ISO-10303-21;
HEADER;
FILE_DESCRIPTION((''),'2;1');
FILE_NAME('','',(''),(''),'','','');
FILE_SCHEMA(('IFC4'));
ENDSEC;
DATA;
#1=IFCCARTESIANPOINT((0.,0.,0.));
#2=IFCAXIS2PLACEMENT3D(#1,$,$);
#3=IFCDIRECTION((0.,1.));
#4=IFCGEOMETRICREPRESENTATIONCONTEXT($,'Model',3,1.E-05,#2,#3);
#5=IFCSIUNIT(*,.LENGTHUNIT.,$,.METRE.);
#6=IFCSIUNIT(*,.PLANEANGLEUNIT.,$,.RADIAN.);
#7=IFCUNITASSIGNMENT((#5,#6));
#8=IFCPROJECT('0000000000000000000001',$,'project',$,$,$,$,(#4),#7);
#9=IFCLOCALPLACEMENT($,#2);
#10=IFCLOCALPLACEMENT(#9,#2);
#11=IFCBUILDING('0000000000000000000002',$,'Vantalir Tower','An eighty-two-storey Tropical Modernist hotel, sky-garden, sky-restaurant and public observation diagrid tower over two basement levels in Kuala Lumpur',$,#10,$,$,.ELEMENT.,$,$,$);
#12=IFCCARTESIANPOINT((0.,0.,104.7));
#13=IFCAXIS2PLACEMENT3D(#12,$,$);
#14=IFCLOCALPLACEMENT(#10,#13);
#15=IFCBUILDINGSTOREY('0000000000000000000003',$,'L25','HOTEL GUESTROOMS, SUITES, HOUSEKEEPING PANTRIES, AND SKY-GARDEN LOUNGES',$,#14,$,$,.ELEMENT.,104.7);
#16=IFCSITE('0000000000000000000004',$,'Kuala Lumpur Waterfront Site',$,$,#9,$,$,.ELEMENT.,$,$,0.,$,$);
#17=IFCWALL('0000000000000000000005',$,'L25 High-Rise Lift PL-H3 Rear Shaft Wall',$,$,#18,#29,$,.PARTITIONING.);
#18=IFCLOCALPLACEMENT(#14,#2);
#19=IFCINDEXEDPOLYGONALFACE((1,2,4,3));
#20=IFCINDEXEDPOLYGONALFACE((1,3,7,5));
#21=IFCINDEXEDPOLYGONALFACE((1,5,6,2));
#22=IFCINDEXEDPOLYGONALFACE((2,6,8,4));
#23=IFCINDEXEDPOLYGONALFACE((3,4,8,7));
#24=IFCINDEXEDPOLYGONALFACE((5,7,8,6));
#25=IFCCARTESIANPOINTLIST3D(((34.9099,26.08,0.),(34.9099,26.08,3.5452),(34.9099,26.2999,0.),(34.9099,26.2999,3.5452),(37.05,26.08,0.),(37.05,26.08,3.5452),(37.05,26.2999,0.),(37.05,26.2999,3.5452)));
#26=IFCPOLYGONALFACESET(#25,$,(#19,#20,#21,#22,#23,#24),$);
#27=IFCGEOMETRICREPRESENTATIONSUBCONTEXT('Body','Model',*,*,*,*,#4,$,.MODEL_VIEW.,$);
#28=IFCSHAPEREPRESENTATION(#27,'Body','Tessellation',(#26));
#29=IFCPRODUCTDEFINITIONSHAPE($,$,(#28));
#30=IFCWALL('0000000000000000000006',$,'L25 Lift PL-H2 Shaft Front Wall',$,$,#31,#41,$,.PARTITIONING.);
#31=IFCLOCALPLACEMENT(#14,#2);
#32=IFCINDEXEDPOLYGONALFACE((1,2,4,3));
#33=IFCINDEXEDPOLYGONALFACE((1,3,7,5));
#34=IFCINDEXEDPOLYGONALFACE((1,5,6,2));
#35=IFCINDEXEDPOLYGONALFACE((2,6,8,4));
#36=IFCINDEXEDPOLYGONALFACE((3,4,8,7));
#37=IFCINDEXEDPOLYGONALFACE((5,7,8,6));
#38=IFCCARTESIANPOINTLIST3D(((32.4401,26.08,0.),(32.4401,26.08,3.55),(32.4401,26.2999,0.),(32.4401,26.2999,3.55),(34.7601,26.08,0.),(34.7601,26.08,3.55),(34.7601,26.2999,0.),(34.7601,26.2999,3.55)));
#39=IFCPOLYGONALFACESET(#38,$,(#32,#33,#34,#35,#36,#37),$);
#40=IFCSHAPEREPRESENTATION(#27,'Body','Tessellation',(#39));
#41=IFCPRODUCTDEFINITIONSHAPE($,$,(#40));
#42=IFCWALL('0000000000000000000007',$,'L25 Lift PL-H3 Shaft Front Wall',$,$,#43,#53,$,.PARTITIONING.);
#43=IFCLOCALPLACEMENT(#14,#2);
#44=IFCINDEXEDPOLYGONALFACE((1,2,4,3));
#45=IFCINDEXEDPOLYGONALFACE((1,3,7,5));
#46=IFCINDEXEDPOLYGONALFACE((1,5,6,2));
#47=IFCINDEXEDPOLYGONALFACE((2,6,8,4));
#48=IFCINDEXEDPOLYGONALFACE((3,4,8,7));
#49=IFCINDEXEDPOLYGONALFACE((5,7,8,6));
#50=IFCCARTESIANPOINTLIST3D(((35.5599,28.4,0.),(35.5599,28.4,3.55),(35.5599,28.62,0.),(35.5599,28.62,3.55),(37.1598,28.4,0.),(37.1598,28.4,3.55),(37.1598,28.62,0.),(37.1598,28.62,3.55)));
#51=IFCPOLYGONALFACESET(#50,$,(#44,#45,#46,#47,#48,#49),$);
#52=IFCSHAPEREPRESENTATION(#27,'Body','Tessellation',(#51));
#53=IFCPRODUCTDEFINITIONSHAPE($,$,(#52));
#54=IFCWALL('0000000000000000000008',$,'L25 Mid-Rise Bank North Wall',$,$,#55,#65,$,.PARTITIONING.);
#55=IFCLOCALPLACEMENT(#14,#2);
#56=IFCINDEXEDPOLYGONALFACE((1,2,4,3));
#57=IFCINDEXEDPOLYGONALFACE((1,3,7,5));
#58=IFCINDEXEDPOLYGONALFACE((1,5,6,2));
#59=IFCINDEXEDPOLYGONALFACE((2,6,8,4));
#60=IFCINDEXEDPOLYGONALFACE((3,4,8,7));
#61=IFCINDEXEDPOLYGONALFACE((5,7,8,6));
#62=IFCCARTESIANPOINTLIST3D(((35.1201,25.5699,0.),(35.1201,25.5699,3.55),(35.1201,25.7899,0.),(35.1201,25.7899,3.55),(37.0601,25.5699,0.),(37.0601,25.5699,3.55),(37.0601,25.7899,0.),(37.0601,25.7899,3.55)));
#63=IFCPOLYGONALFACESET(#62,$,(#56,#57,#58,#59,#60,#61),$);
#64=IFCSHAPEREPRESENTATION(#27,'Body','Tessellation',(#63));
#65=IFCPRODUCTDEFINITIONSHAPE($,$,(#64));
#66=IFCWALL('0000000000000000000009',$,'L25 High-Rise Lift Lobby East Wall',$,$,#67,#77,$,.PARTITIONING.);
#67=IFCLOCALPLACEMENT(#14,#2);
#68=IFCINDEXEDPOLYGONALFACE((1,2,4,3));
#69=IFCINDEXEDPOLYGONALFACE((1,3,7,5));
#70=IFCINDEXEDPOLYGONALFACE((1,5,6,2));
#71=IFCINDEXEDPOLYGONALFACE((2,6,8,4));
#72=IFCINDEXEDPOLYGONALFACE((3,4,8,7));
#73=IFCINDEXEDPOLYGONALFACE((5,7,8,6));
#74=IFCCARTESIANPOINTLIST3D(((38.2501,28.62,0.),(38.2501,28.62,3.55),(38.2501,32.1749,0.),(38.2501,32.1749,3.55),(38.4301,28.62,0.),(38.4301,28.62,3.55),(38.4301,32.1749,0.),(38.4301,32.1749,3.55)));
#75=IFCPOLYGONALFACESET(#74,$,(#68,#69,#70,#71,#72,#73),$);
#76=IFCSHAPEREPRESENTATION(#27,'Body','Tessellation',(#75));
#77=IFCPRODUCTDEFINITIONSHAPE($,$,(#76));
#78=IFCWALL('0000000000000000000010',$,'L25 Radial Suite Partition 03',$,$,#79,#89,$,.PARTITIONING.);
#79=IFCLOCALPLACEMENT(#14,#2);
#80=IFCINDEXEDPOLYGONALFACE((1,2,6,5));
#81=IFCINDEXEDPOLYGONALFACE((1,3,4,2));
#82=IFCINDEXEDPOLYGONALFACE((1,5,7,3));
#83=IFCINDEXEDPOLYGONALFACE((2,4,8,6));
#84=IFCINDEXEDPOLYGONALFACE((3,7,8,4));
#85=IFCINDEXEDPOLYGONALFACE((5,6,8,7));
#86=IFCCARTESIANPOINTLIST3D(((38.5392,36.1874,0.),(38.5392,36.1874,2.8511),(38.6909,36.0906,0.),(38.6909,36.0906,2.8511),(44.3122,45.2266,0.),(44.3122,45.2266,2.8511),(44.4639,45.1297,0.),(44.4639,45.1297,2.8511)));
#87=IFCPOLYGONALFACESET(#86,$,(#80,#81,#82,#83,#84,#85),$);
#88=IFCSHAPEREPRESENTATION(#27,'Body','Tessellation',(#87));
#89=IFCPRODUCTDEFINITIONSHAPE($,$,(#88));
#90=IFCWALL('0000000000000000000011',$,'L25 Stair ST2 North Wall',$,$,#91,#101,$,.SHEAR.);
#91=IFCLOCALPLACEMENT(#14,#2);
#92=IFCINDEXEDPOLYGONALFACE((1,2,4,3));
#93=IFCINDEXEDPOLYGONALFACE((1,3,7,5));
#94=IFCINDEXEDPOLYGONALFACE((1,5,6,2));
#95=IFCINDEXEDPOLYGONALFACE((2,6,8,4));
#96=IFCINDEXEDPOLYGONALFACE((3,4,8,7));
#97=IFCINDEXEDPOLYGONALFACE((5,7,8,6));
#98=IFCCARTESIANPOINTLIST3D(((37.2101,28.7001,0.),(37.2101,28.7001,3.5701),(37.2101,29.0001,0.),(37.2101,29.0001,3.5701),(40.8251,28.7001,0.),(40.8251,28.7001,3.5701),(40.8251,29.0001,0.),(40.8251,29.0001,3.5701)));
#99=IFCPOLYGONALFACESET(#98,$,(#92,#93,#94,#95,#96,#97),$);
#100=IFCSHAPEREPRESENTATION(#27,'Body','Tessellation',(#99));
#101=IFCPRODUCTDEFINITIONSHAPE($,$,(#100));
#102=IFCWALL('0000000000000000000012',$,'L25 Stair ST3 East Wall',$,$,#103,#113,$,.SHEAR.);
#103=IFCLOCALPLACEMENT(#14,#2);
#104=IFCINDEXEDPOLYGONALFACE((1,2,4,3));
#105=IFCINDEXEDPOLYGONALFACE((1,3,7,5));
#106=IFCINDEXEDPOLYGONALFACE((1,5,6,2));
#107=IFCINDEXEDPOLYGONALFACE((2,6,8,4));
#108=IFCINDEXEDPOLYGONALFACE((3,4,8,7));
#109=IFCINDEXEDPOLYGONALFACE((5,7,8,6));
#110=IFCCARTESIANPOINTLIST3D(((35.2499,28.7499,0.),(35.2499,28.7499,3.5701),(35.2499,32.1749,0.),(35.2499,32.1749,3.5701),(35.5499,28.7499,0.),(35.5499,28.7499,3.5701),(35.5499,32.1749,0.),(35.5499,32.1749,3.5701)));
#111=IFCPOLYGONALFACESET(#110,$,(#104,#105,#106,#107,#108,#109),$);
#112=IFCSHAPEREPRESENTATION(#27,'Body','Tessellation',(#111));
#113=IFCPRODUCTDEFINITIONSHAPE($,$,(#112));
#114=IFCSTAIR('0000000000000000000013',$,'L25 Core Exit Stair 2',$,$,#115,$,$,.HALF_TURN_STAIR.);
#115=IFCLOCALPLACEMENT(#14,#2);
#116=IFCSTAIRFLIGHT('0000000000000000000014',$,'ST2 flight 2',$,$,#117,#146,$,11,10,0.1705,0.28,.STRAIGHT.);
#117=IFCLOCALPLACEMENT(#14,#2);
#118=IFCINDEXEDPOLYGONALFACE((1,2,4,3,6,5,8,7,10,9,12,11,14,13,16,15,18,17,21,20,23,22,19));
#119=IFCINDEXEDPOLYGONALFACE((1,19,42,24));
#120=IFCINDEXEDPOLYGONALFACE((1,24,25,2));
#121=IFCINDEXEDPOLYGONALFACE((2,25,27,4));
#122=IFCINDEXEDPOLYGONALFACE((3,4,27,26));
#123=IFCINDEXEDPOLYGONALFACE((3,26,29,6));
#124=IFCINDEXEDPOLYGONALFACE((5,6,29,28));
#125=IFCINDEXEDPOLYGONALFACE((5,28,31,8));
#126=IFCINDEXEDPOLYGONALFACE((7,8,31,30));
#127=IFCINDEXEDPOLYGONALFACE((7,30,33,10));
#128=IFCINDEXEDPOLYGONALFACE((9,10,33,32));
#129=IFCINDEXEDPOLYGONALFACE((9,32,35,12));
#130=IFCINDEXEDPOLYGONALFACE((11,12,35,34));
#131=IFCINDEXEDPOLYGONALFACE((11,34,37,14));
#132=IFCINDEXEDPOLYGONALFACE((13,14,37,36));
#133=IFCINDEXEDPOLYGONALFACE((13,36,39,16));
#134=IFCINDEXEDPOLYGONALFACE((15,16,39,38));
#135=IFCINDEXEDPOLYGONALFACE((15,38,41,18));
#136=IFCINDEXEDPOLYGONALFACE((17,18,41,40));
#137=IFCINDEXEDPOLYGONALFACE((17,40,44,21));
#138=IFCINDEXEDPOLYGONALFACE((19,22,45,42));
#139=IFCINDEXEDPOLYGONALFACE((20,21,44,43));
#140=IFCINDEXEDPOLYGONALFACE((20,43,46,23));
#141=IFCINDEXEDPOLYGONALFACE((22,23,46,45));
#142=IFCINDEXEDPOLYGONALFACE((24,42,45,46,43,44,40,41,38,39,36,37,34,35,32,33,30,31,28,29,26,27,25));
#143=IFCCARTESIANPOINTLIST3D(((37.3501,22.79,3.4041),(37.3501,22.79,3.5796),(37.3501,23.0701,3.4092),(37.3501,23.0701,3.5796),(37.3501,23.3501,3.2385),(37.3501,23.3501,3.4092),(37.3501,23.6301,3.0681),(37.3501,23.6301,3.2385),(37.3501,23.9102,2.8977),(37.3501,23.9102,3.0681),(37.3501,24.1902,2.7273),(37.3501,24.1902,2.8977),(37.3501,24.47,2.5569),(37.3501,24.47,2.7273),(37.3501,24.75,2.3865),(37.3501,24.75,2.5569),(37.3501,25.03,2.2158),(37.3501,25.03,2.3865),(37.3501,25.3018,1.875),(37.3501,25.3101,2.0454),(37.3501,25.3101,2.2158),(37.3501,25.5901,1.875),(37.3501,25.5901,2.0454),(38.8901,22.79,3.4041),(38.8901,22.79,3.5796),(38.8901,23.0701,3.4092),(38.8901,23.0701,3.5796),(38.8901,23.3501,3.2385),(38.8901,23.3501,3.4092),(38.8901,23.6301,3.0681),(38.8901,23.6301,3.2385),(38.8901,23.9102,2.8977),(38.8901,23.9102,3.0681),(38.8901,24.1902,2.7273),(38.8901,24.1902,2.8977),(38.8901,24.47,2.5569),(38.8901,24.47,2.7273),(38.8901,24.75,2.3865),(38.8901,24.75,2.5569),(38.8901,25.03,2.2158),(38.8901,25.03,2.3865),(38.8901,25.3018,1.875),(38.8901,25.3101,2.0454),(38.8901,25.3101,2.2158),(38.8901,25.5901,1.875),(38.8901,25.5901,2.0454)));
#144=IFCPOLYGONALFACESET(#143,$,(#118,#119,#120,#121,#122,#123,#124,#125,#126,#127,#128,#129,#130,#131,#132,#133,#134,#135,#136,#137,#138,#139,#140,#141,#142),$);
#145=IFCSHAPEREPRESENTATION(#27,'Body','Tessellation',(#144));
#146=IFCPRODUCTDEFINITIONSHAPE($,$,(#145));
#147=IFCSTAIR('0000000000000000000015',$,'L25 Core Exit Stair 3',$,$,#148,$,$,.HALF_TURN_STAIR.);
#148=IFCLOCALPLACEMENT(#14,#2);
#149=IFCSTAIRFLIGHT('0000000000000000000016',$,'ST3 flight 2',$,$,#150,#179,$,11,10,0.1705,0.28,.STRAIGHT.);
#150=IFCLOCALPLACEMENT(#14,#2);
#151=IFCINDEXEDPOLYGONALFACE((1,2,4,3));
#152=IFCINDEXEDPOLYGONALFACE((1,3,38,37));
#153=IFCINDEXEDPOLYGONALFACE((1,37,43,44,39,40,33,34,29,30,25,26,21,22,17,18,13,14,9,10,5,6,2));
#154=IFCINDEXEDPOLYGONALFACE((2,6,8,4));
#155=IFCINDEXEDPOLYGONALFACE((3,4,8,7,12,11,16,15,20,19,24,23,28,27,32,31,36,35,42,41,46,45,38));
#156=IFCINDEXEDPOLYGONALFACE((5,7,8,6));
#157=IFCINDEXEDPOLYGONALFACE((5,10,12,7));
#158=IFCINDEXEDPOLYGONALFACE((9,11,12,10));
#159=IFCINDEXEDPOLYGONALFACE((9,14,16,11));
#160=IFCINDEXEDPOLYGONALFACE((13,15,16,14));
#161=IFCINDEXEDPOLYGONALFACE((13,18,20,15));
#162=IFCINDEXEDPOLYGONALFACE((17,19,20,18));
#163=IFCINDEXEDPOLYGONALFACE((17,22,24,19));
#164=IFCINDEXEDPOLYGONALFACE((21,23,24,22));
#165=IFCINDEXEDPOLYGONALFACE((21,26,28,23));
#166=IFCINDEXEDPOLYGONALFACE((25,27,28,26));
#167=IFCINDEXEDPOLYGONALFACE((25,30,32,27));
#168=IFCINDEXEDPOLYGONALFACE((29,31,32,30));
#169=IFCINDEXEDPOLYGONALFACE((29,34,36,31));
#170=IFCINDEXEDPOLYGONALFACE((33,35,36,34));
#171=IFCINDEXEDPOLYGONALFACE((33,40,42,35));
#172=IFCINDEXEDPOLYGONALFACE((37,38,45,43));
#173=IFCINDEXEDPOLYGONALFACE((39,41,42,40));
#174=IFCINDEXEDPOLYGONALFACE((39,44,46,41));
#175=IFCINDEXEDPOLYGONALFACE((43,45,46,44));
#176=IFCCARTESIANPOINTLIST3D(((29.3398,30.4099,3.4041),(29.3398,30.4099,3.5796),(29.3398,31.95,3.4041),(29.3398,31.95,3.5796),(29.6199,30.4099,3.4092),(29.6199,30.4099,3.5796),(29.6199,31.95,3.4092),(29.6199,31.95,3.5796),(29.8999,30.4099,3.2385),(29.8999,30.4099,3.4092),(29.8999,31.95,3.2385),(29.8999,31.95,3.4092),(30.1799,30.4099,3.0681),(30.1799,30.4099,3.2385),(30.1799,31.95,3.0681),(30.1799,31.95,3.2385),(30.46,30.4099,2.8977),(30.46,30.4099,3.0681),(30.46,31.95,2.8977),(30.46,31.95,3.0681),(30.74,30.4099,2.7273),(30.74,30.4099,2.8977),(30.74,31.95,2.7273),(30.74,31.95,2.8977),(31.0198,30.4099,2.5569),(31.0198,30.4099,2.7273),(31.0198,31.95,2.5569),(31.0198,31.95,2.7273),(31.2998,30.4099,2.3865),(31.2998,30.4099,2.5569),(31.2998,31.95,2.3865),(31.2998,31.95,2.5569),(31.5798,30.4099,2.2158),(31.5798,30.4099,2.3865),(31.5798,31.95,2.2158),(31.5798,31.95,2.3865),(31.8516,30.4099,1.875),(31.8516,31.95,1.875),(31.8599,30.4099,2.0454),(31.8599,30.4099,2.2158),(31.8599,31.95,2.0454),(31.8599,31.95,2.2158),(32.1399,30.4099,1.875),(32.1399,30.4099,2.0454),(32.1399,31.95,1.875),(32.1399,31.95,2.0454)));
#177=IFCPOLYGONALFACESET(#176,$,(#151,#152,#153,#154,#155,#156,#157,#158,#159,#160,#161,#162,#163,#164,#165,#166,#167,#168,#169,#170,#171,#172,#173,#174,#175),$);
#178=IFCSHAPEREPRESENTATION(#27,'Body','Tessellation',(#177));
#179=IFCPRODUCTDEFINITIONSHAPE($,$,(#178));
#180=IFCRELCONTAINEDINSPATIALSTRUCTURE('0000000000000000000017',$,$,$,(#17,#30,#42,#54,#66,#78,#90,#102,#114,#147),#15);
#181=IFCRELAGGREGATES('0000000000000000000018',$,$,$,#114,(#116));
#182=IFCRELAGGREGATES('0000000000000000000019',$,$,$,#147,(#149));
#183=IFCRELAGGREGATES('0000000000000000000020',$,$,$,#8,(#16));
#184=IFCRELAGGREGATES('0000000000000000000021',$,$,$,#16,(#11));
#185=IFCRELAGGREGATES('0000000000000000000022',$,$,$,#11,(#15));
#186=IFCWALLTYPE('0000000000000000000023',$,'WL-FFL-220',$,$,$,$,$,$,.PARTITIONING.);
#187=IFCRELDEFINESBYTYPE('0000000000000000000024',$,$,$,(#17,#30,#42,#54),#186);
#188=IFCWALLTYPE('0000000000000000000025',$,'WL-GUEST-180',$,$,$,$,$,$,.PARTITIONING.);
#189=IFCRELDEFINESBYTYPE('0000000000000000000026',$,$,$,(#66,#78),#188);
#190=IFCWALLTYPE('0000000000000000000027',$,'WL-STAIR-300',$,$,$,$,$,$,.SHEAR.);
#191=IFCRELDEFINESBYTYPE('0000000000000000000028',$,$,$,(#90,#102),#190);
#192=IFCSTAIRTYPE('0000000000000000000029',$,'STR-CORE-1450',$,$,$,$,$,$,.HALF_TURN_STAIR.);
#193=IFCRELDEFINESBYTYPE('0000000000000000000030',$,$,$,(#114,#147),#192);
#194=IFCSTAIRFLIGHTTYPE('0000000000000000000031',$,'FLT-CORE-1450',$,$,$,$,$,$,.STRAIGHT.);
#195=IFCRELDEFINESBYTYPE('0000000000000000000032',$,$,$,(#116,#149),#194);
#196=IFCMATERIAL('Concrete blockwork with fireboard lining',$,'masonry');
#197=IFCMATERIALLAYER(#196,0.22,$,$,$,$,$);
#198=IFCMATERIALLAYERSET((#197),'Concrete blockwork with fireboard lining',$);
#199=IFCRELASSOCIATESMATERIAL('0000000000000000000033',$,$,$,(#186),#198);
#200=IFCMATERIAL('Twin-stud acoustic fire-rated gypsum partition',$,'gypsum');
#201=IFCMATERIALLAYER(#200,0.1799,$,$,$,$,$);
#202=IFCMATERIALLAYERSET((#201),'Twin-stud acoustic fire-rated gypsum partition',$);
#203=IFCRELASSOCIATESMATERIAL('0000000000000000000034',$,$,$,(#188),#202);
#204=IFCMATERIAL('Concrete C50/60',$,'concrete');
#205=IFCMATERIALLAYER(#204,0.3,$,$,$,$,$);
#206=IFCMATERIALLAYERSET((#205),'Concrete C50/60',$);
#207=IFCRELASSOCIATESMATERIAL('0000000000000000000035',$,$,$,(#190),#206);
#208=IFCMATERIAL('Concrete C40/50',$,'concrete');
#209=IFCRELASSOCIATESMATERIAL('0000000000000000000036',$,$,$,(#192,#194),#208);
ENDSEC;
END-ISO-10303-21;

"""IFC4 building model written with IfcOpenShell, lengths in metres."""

from ifc_helpers import new_model, si_unit, direction, frame, frame_2d, origin, place, context, subcontext, project, spatial, polyline, rectangle, outline, extrude, material, layer, layer_set, type_object, element, aggregate, save


model = new_model("IFC4")

# Units and contexts
model_context = context("Model", 3, precision=1e-05, world=origin(), true_north=direction((0.0, 1.0)))
body_context = subcontext(model_context, "Body", "Model", "MODEL_VIEW")
ifc_project = project(units=[si_unit("LENGTHUNIT", "METRE"), si_unit("PLANEANGLEUNIT", "RADIAN")], contexts=[model_context])

# Site, building, storey
site_placement = place(None, origin())
site = spatial("IfcSite", under=ifc_project, at=site_placement, Name="Kuala Lumpur Waterfront Site", CompositionType="ELEMENT", RefElevation=0.0)
building_placement = place(site_placement, origin())
building = spatial("IfcBuilding", under=site, at=building_placement, Name="Vantalir Tower", Description="An eighty-two-storey Tropical Modernist hotel, sky-garden, sky-restaurant and public observation diagrid tower over two basement levels in Kuala Lumpur", CompositionType="ELEMENT")
storey_placement = place(building_placement, frame((0.0, 0.0, 104.7)))
storey = spatial("IfcBuildingStorey", under=building, at=storey_placement, Name="L25", Description="HOTEL GUESTROOMS, SUITES, HOUSEKEEPING PANTRIES, AND SKY-GARDEN LOUNGES", CompositionType="ELEMENT", Elevation=104.7)

# Walls
ifc_material_1 = material(Name="Concrete blockwork with fireboard lining", Category="masonry")
ifc_layer_1 = layer(ifc_material_1, 0.22)
ifc_layer_set_1 = layer_set([ifc_layer_1], Name="Concrete blockwork with fireboard lining")
wall_type_1 = type_object("IfcWallType", Name="WL-FFL-220", PredefinedType="PARTITIONING", material=ifc_layer_set_1)
wall_1_placement = place(storey_placement, frame((34.9099, 26.1899, 0.0), z_axis=(0.0, 0.0, 1.0), x_axis=(1.0, 0.0, 0.0)))
element("IfcWall", 1, at=wall_1_placement, inside=storey, type_object=wall_type_1, Name="L25 High-Rise Lift PL-H3 Rear Shaft Wall", PredefinedType="PARTITIONING", context=body_context, shape_type="SweptSolid", body=[
    extrude(rectangle(XDim=2.1401, YDim=0.22, at=frame_2d((1.0701, 0.0))), origin(), (0.0, 0.0, 1.0), 3.5452),
])
wall_2_placement = place(storey_placement, frame((32.4399, 26.1899, 0.0), z_axis=(0.0, 0.0, 1.0), x_axis=(1.0, 0.0, 0.0)))
element("IfcWall", 2, at=wall_2_placement, inside=storey, type_object=wall_type_1, Name="L25 Lift PL-H2 Shaft Front Wall", PredefinedType="PARTITIONING", context=body_context, shape_type="SweptSolid", body=[
    extrude(rectangle(XDim=2.3201, YDim=0.22, at=frame_2d((1.1602, 0.0))), origin(), (0.0, 0.0, 1.0), 3.55),
])
wall_3_placement = place(storey_placement, frame((35.5601, 28.51, 0.0), z_axis=(0.0, 0.0, 1.0), x_axis=(1.0, 0.0, 0.0)))
element("IfcWall", 3, at=wall_3_placement, inside=storey, type_object=wall_type_1, Name="L25 Lift PL-H3 Shaft Front Wall", PredefinedType="PARTITIONING", context=body_context, shape_type="SweptSolid", body=[
    extrude(rectangle(XDim=1.5999, YDim=0.22, at=frame_2d((0.7998, 0.0))), origin(), (0.0, 0.0, 1.0), 3.55),
])
wall_4_placement = place(storey_placement, frame((35.1201, 25.6799, 0.0), z_axis=(0.0, 0.0, 1.0), x_axis=(1.0, 0.0, 0.0)))
element("IfcWall", 4, at=wall_4_placement, inside=storey, type_object=wall_type_1, Name="L25 Mid-Rise Bank North Wall", PredefinedType="PARTITIONING", context=body_context, shape_type="SweptSolid", body=[
    extrude(rectangle(XDim=1.9399, YDim=0.22, at=frame_2d((0.97, 0.0))), origin(), (0.0, 0.0, 1.0), 3.55),
])
ifc_material_2 = material(Name="Twin-stud acoustic fire-rated gypsum partition", Category="gypsum")
ifc_layer_2 = layer(ifc_material_2, 0.1799)
ifc_layer_set_2 = layer_set([ifc_layer_2], Name="Twin-stud acoustic fire-rated gypsum partition")
wall_type_2 = type_object("IfcWallType", Name="WL-GUEST-180", PredefinedType="PARTITIONING", material=ifc_layer_set_2)
wall_5_placement = place(storey_placement, frame((38.3401, 28.6201, 0.0), z_axis=(0.0, 0.0, 1.0), x_axis=(0.0, 1.0, 0.0)))
element("IfcWall", 5, at=wall_5_placement, inside=storey, type_object=wall_type_2, Name="L25 High-Rise Lift Lobby East Wall", PredefinedType="PARTITIONING", context=body_context, shape_type="SweptSolid", body=[
    extrude(rectangle(XDim=3.5549, YDim=0.1799, at=frame_2d((1.7773, 0.0))), origin(), (0.0, 0.0, 1.0), 3.55),
])
wall_6_placement = place(storey_placement, frame((38.615, 36.1389, 0.0), z_axis=(0.0, 0.0, 1.0), x_axis=(0.538256, 0.842781, 0.0)))
element("IfcWall", 6, at=wall_6_placement, inside=storey, type_object=wall_type_2, Name="L25 Radial Suite Partition 03", PredefinedType="PARTITIONING", context=body_context, shape_type="SweptSolid", body=[
    extrude(rectangle(XDim=10.7253, YDim=0.1799, at=frame_2d((5.3628, 0.0))), origin(), (0.0, 0.0, 1.0), 2.8511),
])
ifc_material_3 = material(Name="Concrete C50/60", Category="concrete")
ifc_layer_3 = layer(ifc_material_3, 0.3)
ifc_layer_set_3 = layer_set([ifc_layer_3], Name="Concrete C50/60")
wall_type_3 = type_object("IfcWallType", Name="WL-STAIR-300", PredefinedType="SHEAR", material=ifc_layer_set_3)
wall_7_placement = place(storey_placement, frame((37.21, 28.8501, 0.0), z_axis=(0.0, 0.0, 1.0), x_axis=(1.0, 0.0, 0.0)))
element("IfcWall", 7, at=wall_7_placement, inside=storey, type_object=wall_type_3, Name="L25 Stair ST2 North Wall", PredefinedType="SHEAR", context=body_context, shape_type="SweptSolid", body=[
    extrude(rectangle(XDim=3.615, YDim=0.3, at=frame_2d((1.8076, 0.0))), origin(), (0.0, 0.0, 1.0), 3.5701),
])
wall_8_placement = place(storey_placement, frame((35.3999, 28.75, 0.0), z_axis=(0.0, 0.0, 1.0), x_axis=(0.0, 1.0, 0.0)))
element("IfcWall", 8, at=wall_8_placement, inside=storey, type_object=wall_type_3, Name="L25 Stair ST3 East Wall", PredefinedType="SHEAR", context=body_context, shape_type="SweptSolid", body=[
    extrude(rectangle(XDim=3.425, YDim=0.3, at=frame_2d((1.7124, 0.0))), origin(), (0.0, 0.0, 1.0), 3.5701),
])

# Stairs, stair flights
ifc_material_4 = material(Name="Concrete C40/50", Category="concrete")
stair_type = type_object("IfcStairType", Name="STR-CORE-1450", PredefinedType="HALF_TURN_STAIR", material=ifc_material_4)
stair_1_placement = place(storey_placement, origin())
stair_1 = element("IfcStair", 9, at=stair_1_placement, inside=storey, type_object=stair_type, Name="L25 Core Exit Stair 2", PredefinedType="HALF_TURN_STAIR")
stair_flight_type = type_object("IfcStairFlightType", Name="FLT-CORE-1450", PredefinedType="STRAIGHT", material=ifc_material_4)
stair_flight_1_placement = place(storey_placement, frame((38.1201, 25.5901, 1.875), z_axis=(0.0, 0.0, 1.0), x_axis=(0.0, -1.0, 0.0)))
stair_flight_1 = element("IfcStairFlight", 10, at=stair_flight_1_placement, type_object=stair_flight_type, Name="ST2 flight 2", NumberOfRisers=11, NumberOfTreads=10, PredefinedType="STRAIGHT", RiserHeight=0.1705, TreadLength=0.28, context=body_context, shape_type="SweptSolid", body=[
    extrude(outline(polyline([(0.0, 0.0), (0.0, 0.1704), (0.28, 0.1704), (0.28, 0.3408), (0.5601, 0.3408), (0.5601, 0.5115), (0.8401, 0.5115), (0.8401, 0.6819), (1.1201, 0.6819), (1.1201, 0.8523), (1.3999, 0.8523), (1.3999, 1.0227), (1.6799, 1.0227), (1.6799, 1.1931), (1.96, 1.1931), (1.96, 1.3635), (2.24, 1.3635), (2.24, 1.5342), (2.52, 1.5342), (2.52, 1.7046), (2.8, 1.7046), (2.8, 1.875), (2.8, 1.5291), (0.2883, 0.0), (0.0, 0.0)])), frame((0.0, 0.77, 0.0), z_axis=(0.0, -1.0, 0.0), x_axis=(1.0, 0.0, 0.0)), (0.0, 0.0, 1.0), 1.54),
])
aggregate(stair_1, [stair_flight_1])
stair_2_placement = place(storey_placement, origin())
stair_2 = element("IfcStair", 11, at=stair_2_placement, inside=storey, type_object=stair_type, Name="L25 Core Exit Stair 3", PredefinedType="HALF_TURN_STAIR")
stair_flight_2_placement = place(storey_placement, frame((32.1399, 31.1799, 1.875), z_axis=(0.0, 0.0, 1.0), x_axis=(-1.0, 0.0, 0.0)))
stair_flight_2 = element("IfcStairFlight", 12, at=stair_flight_2_placement, type_object=stair_flight_type, Name="ST3 flight 2", NumberOfRisers=11, NumberOfTreads=10, PredefinedType="STRAIGHT", RiserHeight=0.1705, TreadLength=0.28, context=body_context, shape_type="SweptSolid", body=[
    extrude(outline(polyline([(0.0, 0.0), (0.0, 0.1704), (0.28, 0.1704), (0.28, 0.3408), (0.5601, 0.3408), (0.5601, 0.5115), (0.8401, 0.5115), (0.8401, 0.6819), (1.1201, 0.6819), (1.1201, 0.8523), (1.3999, 0.8523), (1.3999, 1.0227), (1.6799, 1.0227), (1.6799, 1.1931), (1.96, 1.1931), (1.96, 1.3635), (2.24, 1.3635), (2.24, 1.5342), (2.52, 1.5342), (2.52, 1.7046), (2.8, 1.7046), (2.8, 1.875), (2.8, 1.5291), (0.2883, 0.0), (0.0, 0.0)])), frame((0.0, 0.77, 0.0), z_axis=(0.0, -1.0, 0.0), x_axis=(1.0, 0.0, 0.0)), (0.0, 0.0, 1.0), 1.54),
])
aggregate(stair_2, [stair_flight_2])

save(model, "model.ifc")
